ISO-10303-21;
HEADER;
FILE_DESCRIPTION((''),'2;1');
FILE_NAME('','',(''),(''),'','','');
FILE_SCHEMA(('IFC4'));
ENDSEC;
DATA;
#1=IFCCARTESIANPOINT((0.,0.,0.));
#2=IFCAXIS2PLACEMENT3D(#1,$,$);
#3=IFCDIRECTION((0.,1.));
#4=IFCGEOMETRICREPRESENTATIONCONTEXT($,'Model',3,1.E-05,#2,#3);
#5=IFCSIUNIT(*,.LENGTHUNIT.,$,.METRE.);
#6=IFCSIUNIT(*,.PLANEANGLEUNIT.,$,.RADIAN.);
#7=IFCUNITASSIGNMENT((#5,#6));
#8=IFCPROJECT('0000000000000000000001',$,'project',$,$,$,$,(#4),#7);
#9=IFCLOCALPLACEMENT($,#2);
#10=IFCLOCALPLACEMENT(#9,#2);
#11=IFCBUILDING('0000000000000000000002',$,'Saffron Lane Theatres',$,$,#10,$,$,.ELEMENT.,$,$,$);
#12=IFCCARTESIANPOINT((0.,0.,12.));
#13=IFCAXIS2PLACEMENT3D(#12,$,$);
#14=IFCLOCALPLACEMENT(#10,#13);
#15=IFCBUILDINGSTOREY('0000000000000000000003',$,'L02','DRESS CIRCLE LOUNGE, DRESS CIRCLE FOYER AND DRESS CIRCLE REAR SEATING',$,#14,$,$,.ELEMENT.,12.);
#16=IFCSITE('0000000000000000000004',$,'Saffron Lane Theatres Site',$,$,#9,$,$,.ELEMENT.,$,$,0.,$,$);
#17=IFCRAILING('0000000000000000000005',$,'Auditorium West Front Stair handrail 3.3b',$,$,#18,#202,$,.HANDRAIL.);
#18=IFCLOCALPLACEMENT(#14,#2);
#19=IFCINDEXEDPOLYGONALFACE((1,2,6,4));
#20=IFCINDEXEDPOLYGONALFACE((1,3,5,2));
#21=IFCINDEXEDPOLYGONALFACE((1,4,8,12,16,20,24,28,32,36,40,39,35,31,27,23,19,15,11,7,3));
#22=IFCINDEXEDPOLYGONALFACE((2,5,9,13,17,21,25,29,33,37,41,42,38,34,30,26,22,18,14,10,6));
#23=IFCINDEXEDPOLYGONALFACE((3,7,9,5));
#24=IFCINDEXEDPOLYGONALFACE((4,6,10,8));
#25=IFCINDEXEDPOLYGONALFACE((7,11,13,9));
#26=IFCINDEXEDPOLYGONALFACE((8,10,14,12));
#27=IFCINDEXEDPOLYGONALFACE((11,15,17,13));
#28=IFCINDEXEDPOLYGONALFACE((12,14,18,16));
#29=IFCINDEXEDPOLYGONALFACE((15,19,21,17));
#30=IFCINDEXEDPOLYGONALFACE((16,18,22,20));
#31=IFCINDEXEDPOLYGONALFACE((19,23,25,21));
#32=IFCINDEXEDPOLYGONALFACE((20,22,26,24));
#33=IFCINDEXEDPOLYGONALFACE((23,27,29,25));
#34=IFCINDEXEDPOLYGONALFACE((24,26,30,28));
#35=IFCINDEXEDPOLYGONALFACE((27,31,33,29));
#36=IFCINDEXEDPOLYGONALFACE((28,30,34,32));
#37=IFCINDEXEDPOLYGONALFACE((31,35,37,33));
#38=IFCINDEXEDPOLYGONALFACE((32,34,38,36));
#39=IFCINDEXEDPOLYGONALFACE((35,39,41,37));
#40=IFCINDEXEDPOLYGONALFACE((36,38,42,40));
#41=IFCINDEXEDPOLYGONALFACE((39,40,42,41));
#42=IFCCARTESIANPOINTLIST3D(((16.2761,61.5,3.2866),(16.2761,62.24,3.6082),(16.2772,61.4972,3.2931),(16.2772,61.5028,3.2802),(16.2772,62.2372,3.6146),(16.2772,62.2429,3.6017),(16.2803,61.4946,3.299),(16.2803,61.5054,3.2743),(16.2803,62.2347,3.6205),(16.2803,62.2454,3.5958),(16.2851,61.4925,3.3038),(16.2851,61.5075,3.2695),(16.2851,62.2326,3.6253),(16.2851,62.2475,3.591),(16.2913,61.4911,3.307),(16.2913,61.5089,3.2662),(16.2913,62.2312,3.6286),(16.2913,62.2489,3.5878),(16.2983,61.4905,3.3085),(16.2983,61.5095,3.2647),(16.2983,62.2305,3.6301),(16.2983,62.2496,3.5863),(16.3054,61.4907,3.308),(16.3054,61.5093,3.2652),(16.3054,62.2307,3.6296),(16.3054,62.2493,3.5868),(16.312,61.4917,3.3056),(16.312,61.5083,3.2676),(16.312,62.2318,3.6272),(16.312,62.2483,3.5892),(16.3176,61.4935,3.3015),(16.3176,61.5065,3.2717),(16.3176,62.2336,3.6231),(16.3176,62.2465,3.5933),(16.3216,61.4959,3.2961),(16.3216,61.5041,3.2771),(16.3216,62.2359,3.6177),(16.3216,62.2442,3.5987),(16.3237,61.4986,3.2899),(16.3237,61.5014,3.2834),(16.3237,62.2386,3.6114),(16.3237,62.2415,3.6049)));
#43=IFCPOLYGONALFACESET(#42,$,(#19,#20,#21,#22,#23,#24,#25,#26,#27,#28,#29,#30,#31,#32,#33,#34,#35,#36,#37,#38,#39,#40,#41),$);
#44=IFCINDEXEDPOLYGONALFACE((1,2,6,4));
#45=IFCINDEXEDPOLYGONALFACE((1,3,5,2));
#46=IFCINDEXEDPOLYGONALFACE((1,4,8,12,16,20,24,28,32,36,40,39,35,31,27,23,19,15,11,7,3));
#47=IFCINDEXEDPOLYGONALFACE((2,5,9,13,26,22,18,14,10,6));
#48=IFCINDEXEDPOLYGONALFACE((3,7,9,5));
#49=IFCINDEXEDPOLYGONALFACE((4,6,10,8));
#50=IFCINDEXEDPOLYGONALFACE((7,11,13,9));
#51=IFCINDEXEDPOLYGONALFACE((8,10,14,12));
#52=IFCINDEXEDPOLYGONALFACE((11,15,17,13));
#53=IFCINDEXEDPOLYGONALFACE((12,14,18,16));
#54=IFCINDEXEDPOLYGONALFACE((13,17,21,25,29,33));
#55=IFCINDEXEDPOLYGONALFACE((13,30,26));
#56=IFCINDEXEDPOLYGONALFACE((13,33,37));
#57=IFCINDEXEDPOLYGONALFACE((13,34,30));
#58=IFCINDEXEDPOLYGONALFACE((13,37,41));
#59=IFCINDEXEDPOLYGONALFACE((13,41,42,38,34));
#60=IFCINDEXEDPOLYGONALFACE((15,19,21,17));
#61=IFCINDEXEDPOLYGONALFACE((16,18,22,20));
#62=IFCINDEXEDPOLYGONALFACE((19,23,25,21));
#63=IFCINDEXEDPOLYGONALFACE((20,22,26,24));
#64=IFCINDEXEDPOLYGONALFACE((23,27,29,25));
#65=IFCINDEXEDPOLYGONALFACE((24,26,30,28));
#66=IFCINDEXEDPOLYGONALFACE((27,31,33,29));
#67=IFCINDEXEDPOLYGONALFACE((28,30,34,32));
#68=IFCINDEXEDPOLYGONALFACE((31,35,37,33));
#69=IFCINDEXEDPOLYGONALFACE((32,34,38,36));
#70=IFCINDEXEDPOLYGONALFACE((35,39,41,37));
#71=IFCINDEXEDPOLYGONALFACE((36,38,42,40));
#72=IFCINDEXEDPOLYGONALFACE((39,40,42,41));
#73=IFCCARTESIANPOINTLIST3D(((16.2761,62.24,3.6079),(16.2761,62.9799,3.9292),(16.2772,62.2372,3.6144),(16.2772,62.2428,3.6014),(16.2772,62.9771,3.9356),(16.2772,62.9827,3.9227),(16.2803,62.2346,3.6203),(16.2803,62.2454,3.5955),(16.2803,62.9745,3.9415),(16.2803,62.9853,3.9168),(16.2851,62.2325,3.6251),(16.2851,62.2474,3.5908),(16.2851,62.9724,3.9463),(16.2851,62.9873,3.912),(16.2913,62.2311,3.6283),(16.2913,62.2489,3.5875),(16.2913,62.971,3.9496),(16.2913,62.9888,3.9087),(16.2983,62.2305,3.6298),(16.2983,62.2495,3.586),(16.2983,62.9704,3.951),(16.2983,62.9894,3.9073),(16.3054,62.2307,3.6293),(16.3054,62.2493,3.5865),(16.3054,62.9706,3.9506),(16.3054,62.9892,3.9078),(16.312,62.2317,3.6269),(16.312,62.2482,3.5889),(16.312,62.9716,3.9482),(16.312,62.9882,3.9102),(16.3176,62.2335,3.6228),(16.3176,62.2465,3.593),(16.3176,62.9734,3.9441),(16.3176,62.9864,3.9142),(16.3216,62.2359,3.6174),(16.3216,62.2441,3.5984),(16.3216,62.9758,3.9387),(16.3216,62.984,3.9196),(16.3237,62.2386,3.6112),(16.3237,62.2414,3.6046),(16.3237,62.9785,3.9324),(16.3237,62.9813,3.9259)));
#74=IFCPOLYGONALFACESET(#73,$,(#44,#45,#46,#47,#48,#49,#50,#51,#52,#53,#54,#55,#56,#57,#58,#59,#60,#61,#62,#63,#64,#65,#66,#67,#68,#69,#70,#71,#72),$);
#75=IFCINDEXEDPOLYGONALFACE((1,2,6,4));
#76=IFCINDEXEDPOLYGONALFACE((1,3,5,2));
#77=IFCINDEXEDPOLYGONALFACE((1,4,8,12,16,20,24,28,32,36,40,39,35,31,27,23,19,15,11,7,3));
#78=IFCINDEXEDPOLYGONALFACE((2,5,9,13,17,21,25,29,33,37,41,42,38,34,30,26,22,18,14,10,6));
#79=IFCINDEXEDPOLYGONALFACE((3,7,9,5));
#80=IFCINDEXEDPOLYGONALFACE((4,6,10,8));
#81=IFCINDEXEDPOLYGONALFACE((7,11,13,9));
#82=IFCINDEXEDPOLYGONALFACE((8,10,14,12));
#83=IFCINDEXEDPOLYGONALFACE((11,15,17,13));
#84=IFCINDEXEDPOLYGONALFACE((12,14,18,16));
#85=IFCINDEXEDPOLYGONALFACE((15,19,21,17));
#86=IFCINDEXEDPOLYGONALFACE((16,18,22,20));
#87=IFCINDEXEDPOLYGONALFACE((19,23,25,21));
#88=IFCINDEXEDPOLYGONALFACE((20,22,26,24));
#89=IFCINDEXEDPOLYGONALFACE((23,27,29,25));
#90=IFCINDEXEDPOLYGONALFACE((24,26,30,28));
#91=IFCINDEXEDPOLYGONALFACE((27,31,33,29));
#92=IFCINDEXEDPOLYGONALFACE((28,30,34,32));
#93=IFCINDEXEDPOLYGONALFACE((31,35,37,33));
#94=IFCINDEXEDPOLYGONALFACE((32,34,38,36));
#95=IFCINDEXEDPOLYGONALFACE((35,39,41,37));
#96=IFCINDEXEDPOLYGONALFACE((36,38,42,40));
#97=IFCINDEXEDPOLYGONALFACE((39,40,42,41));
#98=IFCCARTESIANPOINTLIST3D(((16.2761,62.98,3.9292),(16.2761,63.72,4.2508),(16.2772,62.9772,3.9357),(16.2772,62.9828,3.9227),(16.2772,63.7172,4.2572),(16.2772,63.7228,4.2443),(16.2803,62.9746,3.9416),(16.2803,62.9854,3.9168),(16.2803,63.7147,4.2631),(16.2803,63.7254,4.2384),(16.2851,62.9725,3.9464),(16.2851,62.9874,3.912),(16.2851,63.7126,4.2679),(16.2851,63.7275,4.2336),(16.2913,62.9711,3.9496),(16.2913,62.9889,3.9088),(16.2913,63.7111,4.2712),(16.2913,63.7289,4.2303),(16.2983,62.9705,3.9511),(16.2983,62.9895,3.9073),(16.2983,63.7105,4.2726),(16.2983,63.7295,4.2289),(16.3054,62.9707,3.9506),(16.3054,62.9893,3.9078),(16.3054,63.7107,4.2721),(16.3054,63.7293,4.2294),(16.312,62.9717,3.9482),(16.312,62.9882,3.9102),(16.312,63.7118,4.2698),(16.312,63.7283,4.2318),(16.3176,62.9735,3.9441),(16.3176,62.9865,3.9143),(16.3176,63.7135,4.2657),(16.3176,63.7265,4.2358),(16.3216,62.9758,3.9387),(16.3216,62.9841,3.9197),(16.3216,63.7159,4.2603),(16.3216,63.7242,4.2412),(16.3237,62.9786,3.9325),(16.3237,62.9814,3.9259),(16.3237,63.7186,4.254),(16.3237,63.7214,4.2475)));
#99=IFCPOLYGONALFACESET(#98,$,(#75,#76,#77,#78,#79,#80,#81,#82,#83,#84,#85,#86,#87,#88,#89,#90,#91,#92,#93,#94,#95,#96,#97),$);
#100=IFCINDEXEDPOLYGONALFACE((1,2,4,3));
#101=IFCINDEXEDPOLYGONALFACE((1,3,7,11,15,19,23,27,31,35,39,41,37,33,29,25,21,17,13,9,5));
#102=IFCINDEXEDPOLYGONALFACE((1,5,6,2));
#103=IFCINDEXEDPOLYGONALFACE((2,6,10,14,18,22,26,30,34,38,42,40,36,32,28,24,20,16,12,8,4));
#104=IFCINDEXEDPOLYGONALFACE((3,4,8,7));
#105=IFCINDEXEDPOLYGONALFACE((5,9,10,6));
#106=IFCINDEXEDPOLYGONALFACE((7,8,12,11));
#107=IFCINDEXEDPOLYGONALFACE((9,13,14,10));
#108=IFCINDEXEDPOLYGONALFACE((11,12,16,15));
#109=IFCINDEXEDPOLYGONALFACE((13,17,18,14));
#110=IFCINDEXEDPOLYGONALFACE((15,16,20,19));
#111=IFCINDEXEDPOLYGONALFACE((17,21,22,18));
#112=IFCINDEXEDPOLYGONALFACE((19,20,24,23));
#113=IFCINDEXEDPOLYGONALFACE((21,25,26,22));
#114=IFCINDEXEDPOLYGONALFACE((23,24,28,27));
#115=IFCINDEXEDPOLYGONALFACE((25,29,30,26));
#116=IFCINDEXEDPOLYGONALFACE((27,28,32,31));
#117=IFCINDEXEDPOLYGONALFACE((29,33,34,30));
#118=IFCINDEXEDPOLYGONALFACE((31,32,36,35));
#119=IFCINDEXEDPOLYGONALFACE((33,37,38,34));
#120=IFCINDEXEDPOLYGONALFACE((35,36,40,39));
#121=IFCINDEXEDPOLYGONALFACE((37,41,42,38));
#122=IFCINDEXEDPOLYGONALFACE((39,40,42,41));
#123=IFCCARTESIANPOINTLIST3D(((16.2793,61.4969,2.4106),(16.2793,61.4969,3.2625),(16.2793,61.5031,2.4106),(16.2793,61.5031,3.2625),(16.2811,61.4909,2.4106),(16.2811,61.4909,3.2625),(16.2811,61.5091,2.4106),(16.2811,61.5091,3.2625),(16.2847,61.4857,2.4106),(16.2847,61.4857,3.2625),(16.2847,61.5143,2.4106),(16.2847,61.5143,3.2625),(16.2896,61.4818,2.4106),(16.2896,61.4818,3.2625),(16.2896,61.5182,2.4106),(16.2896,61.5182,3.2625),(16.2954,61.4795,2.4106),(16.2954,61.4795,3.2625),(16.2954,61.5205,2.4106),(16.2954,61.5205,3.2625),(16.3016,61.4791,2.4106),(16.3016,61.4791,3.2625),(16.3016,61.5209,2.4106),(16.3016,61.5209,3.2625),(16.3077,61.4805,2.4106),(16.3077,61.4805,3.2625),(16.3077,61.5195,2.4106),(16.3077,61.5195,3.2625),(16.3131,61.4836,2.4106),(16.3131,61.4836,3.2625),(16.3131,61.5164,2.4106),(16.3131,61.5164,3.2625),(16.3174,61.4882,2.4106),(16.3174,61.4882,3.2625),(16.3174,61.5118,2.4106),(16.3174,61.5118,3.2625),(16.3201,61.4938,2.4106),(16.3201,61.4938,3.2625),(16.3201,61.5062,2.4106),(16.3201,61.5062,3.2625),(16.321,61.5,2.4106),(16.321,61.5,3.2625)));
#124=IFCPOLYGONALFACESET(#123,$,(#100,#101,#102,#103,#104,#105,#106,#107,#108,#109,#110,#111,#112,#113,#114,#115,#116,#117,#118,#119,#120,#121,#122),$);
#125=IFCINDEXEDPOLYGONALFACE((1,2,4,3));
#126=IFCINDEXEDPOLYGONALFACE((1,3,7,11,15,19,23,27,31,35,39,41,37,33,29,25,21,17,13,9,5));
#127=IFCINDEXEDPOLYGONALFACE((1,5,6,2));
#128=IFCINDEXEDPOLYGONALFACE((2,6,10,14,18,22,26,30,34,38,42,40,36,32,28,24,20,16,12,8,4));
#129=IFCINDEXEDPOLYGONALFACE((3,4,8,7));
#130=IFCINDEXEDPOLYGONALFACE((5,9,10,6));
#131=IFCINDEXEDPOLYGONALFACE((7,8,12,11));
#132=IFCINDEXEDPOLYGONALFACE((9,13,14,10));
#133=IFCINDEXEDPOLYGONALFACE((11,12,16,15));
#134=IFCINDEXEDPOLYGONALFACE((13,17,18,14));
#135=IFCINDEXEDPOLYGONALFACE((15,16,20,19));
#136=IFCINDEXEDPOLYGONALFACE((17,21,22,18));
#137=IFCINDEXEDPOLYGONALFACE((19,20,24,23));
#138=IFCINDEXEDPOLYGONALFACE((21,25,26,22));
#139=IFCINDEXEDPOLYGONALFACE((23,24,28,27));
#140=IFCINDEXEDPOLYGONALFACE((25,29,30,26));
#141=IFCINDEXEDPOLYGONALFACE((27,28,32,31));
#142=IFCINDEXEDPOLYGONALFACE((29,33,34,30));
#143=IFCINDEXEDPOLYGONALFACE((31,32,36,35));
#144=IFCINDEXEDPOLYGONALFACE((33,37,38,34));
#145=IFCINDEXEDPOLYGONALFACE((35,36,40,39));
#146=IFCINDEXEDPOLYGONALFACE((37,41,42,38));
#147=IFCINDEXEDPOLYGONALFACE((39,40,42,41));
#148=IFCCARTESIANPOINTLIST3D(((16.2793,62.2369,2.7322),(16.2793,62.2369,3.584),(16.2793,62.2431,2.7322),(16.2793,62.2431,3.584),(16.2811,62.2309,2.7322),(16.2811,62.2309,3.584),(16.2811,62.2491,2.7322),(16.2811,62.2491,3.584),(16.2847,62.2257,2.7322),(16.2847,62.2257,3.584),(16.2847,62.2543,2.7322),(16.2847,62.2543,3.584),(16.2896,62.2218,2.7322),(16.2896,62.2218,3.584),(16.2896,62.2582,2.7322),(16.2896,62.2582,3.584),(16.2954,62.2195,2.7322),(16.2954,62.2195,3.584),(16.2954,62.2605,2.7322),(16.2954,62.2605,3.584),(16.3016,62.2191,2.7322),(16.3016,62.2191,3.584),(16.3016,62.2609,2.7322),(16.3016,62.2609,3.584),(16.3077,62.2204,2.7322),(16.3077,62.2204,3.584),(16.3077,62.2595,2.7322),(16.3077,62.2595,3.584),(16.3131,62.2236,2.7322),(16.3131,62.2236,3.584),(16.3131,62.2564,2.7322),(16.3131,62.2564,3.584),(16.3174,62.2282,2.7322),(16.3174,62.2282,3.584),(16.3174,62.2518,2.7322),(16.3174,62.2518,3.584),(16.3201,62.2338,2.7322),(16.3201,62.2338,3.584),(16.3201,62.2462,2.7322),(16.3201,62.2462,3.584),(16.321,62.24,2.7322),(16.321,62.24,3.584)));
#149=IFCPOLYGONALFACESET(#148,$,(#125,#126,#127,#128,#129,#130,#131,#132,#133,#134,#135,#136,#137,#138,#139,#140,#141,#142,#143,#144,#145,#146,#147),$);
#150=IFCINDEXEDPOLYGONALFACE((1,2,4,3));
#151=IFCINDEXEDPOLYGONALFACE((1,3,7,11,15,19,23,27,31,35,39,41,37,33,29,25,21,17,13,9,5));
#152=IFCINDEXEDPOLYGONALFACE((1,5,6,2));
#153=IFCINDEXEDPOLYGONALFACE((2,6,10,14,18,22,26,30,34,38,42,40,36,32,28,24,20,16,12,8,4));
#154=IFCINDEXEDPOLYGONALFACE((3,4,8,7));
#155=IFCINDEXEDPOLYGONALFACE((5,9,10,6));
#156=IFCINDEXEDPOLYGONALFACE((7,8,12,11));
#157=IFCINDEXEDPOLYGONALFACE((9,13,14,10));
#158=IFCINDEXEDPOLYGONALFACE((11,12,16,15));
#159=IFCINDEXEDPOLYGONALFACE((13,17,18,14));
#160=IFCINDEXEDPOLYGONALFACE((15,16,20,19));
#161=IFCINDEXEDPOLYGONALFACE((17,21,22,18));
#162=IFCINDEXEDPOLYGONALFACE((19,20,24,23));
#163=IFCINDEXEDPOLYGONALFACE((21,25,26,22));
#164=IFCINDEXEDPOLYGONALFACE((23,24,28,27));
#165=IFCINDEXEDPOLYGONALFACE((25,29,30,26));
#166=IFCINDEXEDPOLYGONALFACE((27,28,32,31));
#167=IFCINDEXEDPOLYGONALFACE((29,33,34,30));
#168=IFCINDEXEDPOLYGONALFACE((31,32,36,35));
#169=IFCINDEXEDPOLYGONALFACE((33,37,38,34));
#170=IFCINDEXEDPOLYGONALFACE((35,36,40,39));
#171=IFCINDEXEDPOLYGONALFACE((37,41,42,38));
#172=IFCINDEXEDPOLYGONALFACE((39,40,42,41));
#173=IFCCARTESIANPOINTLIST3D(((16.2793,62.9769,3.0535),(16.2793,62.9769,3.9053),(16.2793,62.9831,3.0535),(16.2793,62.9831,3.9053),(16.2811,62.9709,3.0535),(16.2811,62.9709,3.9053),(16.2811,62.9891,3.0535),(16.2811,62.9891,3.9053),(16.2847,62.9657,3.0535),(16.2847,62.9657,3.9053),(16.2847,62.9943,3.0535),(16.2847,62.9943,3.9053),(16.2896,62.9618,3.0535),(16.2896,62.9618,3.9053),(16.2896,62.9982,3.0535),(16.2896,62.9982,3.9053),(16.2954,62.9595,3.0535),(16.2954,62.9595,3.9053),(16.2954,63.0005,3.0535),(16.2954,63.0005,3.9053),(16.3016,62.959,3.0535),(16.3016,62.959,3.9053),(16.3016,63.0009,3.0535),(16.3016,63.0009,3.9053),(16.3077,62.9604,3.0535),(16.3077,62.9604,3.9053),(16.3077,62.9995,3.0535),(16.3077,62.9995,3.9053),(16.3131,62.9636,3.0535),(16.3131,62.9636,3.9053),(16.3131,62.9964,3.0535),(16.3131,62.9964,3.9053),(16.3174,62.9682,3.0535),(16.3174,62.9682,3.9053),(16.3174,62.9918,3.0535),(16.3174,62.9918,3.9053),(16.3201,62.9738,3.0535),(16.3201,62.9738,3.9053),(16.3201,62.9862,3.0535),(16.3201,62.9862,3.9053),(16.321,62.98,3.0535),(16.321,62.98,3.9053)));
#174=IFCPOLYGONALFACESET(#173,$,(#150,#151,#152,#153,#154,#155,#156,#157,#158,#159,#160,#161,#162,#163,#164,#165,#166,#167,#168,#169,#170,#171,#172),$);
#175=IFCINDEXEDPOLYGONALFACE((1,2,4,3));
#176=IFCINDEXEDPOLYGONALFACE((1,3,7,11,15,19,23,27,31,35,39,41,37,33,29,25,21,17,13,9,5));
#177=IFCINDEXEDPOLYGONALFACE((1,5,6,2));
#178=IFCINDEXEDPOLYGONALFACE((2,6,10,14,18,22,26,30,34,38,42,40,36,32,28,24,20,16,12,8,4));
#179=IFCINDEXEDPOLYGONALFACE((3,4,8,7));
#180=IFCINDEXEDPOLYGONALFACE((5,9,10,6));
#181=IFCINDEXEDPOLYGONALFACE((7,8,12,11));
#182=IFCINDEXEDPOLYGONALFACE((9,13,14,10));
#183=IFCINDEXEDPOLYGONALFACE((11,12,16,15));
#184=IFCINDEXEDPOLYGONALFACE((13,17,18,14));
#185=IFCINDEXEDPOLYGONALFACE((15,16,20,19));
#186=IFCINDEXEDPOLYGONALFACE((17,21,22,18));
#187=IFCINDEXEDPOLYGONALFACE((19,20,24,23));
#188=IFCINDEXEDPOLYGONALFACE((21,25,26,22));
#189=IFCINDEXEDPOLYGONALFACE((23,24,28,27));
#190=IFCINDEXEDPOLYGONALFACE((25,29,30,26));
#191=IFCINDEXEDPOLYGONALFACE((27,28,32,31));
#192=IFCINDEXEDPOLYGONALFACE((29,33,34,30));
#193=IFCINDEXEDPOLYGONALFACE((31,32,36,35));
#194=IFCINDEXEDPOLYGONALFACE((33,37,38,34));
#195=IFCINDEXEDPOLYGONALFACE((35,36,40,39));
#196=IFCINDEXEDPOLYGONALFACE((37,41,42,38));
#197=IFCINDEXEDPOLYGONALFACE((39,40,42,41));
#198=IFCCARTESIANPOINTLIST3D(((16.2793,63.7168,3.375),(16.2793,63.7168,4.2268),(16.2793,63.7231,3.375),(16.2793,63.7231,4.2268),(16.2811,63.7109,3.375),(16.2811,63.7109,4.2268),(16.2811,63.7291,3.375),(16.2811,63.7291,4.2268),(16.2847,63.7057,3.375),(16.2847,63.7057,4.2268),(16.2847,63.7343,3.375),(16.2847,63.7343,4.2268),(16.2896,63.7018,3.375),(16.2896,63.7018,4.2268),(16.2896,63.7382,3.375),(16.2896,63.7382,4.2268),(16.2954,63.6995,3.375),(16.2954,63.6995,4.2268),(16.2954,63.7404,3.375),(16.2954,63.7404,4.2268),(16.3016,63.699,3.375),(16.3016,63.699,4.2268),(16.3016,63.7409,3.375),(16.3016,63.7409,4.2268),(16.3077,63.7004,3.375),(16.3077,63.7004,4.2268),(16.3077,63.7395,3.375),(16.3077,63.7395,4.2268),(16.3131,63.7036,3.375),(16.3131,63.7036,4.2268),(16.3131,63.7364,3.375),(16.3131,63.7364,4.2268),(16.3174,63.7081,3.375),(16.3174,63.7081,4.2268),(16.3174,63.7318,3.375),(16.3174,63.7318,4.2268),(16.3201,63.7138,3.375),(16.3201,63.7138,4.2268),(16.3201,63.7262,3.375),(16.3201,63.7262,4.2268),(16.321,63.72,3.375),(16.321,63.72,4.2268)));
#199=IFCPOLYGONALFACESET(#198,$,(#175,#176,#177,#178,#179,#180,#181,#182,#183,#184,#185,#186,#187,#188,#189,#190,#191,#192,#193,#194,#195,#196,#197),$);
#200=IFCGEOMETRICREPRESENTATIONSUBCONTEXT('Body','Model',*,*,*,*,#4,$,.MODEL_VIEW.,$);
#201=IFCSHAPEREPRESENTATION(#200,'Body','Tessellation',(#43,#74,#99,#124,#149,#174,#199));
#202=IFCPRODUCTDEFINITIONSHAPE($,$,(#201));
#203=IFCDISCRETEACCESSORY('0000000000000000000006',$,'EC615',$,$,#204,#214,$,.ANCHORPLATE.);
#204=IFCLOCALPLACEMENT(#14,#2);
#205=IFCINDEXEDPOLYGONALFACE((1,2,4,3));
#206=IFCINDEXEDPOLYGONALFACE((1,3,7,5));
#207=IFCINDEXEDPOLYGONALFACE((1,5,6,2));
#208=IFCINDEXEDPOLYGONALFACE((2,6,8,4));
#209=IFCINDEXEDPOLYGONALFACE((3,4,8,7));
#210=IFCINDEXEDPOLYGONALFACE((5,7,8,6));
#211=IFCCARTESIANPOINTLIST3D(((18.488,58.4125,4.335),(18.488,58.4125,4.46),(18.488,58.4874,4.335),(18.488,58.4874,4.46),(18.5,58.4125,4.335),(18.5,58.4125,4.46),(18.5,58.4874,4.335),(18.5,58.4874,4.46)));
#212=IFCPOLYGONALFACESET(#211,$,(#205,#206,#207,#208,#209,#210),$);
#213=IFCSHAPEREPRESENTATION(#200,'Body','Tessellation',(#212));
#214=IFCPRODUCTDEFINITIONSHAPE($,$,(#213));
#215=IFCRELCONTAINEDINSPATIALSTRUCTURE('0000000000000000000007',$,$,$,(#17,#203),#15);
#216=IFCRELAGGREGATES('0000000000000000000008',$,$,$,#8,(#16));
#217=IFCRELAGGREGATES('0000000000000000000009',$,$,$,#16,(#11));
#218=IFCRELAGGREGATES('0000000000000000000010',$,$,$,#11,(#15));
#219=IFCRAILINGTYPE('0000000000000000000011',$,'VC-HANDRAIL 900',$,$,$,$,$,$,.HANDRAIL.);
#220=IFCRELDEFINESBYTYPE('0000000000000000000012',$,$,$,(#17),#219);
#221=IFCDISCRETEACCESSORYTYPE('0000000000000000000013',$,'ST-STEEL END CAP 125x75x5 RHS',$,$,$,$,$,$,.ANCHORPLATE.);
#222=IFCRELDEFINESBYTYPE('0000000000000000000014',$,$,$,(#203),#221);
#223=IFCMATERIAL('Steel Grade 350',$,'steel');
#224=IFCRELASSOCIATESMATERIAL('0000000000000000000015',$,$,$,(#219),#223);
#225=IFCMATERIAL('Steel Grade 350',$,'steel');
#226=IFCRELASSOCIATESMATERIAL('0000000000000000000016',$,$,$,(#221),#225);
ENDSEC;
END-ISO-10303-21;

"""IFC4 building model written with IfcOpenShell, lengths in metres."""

from ifc_helpers import new_model, si_unit, direction, frame, origin, origin_2d, place, context, subcontext, project, spatial, rectangle, circle, extrude, material, material_profile, profile_set, type_object, element, save


model = new_model("IFC4")

# Units and contexts
model_context = context("Model", 3, precision=1e-05, world=origin(), true_north=direction((0.0, 1.0)))
body_context = subcontext(model_context, "Body", "Model", "MODEL_VIEW")
ifc_project = project(units=[si_unit("LENGTHUNIT", "METRE"), si_unit("PLANEANGLEUNIT", "RADIAN")], contexts=[model_context])

# Site, building, storey
site_placement = place(None, origin())
site = spatial("IfcSite", under=ifc_project, at=site_placement, Name="Saffron Lane Theatres Site", CompositionType="ELEMENT", RefElevation=0.0)
building_placement = place(site_placement, origin())
building = spatial("IfcBuilding", under=site, at=building_placement, Name="Saffron Lane Theatres", CompositionType="ELEMENT")
storey_placement = place(building_placement, frame((0.0, 0.0, 12.0)))
storey = spatial("IfcBuildingStorey", under=building, at=storey_placement, Name="L02", Description="DRESS CIRCLE LOUNGE, DRESS CIRCLE FOYER AND DRESS CIRCLE REAR SEATING", CompositionType="ELEMENT", Elevation=12.0)

# Railing
ifc_material_1 = material(Name="Steel Grade 350", Category="steel")
railing_type_1 = type_object("IfcRailingType", Name="VC-HANDRAIL 900", PredefinedType="HANDRAIL", material=ifc_material_1)
for number, where, name in (
    (1, (16.3, 61.5, 2.4106), "Auditorium West Front Stair handrail 3.3b"),
):
    element("IfcRailing", number, at=place(storey_placement, frame(where)), inside=storey, type_object=railing_type_1, Name=name, PredefinedType="HANDRAIL", context=body_context, shape_type="SweptSolid", body=[
        extrude(circle(Radius=0.0239, at=origin_2d()), frame((0.0, 0.0, 0.876), z_axis=(0.0, 0.917161, 0.398516), x_axis=(-1.0, 0.0, 0.0)), (0.0, 0.0, 1.0), 0.8069),
        extrude(circle(Radius=0.0239, at=origin_2d()), frame((0.0, 0.74, 1.1973), z_axis=(0.0, 0.917272, 0.398261), x_axis=(-1.0, 0.0, 0.0)), (0.0, 0.0, 1.0), 0.8066),
        extrude(circle(Radius=0.0239, at=origin_2d()), frame((0.0, 1.48, 1.5186), z_axis=(0.0, 0.917161, 0.398516), x_axis=(-1.0, 0.0, 0.0)), (0.0, 0.0, 1.0), 0.8069),
        extrude(circle(Radius=0.021, at=origin_2d()), origin(), (0.0, 0.0, 1.0), 0.8518),
        extrude(circle(Radius=0.021, at=origin_2d()), frame((0.0, 0.74, 0.3215)), (0.0, 0.0, 1.0), 0.8518),
        extrude(circle(Radius=0.021, at=origin_2d()), frame((0.0, 1.48, 0.6428)), (0.0, 0.0, 1.0), 0.8518),
        extrude(circle(Radius=0.021, at=origin_2d()), frame((0.0, 2.22, 0.9644)), (0.0, 0.0, 1.0), 0.8518),
    ])

# Discrete accessory
ifc_material_2 = material(Name="Steel Grade 350", Category="steel")
ifc_material_profile_1 = material_profile(ifc_material_2, rectangle(XDim=0.075, YDim=0.125, at=origin_2d()))
ifc_profile_set_1 = profile_set([ifc_material_profile_1], Name="Steel Grade 350")
discrete_accessory_type = type_object("IfcDiscreteAccessoryType", Name="ST-STEEL END CAP 125x75x5 RHS", PredefinedType="ANCHORPLATE", material=ifc_profile_set_1)
for number, where, z_axis, x_axis, name in (
    (2, (18.488, 58.45, 4.3975), (1.0, 0.0, 0.0), (0.0, 1.0, 0.0), "EC615"),
):
    element("IfcDiscreteAccessory", number, at=place(storey_placement, frame(where, z_axis=z_axis, x_axis=x_axis)), inside=storey, type_object=discrete_accessory_type, Name=name, PredefinedType="ANCHORPLATE", context=body_context, shape_type="SweptSolid", body=[
        extrude(rectangle(XDim=0.075, YDim=0.125, at=origin_2d()), origin(), (0.0, 0.0, 1.0), 0.012),
    ])

save(model, "model.ifc")
